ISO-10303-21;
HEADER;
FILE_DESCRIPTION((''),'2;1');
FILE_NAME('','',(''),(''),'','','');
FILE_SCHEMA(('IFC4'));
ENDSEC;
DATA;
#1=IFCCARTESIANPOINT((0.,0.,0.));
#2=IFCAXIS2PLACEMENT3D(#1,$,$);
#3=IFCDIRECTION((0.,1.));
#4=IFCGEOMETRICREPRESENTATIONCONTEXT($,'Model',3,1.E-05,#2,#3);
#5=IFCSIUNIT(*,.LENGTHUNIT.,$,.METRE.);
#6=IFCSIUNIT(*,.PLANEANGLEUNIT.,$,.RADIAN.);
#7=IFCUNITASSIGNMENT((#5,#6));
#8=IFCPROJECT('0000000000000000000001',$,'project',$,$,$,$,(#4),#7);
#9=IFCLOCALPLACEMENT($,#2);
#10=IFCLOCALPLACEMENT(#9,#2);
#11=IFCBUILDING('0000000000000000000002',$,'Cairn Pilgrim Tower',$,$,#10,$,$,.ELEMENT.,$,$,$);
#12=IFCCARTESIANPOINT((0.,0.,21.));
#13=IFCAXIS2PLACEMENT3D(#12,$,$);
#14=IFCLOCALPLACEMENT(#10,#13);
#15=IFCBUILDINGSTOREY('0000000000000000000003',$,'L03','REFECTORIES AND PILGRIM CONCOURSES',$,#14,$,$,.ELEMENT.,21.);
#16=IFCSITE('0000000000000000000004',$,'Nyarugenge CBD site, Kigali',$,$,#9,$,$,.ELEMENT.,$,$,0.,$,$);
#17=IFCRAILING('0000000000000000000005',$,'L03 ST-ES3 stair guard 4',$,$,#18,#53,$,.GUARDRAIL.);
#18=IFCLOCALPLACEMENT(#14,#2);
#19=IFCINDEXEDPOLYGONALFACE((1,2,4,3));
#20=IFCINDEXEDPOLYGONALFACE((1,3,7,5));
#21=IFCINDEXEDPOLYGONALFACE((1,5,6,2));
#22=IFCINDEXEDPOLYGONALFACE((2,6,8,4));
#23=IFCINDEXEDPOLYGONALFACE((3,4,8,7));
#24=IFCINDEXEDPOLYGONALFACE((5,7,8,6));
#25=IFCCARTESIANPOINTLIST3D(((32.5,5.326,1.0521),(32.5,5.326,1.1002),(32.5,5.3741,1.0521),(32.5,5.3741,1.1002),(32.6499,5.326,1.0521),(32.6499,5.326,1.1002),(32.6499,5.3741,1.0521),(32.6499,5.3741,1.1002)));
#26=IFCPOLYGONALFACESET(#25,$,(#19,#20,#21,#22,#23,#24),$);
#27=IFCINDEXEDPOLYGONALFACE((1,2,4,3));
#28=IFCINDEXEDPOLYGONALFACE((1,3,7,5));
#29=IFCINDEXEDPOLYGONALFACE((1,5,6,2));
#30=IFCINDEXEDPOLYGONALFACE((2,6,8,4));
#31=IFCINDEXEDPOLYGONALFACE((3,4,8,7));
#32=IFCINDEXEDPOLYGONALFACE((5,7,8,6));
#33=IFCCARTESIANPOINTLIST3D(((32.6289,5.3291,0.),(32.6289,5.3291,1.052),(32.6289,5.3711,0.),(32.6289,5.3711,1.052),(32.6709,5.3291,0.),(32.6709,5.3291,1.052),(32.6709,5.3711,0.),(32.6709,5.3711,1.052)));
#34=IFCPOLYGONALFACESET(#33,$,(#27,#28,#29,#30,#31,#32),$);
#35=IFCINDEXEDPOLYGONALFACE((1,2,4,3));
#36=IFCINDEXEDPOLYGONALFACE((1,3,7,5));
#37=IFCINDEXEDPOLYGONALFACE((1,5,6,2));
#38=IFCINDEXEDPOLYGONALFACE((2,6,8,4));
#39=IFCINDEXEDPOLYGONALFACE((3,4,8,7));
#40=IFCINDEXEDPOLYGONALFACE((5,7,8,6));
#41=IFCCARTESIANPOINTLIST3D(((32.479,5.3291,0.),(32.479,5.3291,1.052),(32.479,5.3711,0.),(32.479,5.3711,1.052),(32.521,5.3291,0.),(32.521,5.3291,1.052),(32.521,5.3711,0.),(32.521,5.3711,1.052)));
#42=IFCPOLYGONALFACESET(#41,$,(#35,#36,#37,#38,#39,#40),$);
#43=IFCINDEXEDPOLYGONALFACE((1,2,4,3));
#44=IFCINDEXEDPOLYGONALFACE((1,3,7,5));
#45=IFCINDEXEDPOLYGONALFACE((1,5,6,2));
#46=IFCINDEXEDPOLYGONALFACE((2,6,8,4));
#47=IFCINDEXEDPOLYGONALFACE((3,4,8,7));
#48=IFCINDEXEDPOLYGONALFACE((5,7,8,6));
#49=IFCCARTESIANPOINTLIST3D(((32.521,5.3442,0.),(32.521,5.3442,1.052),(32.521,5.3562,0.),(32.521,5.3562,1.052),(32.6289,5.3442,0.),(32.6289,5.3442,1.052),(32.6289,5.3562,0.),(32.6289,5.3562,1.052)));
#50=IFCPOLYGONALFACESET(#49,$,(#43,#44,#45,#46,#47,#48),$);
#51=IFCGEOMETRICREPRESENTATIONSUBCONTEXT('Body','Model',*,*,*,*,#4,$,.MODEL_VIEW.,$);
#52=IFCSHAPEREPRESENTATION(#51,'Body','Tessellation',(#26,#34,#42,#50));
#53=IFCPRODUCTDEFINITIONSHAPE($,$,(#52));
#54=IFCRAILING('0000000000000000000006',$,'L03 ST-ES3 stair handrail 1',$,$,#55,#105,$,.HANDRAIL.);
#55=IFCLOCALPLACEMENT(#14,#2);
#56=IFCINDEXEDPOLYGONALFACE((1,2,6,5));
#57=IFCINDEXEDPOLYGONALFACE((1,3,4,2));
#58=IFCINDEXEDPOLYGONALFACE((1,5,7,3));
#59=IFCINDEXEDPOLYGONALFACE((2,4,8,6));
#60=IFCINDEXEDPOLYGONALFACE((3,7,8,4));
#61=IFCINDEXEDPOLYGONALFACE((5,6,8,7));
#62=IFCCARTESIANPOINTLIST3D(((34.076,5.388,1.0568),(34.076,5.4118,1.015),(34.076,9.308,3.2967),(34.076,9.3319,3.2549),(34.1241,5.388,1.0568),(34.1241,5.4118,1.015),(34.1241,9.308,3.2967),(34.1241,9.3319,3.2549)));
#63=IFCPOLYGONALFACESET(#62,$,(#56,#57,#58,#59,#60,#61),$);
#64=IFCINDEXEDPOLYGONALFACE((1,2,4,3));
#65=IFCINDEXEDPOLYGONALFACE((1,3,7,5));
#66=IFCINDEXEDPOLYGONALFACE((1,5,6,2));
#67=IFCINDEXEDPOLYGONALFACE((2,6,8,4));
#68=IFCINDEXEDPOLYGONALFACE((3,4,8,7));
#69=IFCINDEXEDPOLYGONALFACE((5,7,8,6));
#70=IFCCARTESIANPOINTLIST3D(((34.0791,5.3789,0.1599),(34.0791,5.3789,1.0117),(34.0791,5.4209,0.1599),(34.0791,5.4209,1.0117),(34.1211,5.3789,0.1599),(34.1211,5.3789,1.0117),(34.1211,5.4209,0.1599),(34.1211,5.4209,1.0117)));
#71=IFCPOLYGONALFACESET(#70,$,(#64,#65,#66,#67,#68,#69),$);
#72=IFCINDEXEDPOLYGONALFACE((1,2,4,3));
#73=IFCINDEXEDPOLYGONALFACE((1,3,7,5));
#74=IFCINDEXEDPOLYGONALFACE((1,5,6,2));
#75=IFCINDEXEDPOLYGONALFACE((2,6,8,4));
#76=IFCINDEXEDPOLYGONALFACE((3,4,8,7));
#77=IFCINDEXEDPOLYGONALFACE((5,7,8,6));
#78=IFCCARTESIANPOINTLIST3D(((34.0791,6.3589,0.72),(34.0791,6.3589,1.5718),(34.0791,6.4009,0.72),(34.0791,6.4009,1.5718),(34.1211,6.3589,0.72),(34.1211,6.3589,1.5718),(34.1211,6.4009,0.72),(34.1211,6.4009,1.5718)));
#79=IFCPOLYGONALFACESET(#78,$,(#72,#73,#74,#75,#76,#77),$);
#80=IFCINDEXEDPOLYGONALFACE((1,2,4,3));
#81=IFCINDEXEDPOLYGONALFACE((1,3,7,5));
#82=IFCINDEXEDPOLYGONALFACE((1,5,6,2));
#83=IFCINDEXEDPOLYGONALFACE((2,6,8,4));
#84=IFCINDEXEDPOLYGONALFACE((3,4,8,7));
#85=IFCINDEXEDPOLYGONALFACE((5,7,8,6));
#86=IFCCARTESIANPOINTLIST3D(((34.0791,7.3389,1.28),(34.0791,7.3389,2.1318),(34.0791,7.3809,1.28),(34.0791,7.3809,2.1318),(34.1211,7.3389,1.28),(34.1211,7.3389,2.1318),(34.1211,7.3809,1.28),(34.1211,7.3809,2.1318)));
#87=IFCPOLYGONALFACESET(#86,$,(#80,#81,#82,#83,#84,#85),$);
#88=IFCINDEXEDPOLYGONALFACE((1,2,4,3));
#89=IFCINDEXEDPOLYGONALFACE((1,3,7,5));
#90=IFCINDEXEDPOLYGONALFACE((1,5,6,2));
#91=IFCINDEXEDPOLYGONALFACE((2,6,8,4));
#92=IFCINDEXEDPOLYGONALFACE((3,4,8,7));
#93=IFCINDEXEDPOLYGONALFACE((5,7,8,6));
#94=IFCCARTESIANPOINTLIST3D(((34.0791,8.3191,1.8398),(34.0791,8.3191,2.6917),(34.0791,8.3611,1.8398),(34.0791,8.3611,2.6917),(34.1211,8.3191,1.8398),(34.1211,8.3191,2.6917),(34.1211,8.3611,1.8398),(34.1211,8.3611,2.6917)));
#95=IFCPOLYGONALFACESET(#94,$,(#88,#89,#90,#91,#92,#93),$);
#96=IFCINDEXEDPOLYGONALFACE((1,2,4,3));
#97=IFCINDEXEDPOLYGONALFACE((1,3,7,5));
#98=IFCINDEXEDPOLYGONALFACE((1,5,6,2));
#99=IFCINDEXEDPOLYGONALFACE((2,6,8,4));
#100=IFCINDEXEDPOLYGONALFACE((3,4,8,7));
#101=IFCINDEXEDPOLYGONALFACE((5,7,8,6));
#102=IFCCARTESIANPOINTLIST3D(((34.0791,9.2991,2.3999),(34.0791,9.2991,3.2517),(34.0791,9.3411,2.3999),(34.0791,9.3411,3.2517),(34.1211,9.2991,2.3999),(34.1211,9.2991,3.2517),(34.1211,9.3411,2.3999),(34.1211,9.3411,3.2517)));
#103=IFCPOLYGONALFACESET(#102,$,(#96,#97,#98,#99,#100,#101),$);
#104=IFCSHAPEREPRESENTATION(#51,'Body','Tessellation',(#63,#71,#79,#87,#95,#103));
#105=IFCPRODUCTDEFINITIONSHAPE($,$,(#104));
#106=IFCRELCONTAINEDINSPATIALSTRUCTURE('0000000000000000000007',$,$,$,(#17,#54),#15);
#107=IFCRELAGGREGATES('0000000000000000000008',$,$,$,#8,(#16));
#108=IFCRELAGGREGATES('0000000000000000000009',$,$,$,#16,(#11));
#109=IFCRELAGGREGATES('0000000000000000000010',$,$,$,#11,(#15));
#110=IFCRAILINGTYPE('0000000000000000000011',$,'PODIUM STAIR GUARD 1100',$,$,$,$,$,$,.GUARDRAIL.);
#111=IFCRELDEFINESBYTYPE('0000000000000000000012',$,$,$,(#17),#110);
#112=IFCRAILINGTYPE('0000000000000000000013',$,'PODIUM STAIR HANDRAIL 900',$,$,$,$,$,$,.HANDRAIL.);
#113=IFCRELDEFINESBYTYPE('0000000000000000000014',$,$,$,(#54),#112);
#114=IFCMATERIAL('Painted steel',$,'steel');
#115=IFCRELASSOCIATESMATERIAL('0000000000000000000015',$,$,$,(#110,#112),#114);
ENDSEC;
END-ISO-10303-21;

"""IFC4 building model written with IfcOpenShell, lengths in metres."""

from ifc_helpers import new_model, si_unit, direction, frame, origin, origin_2d, place, context, subcontext, project, spatial, polyline, rectangle, outline, extrude, material, type_object, element, save


model = new_model("IFC4")

# Units and contexts
model_context = context("Model", 3, precision=1e-05, world=origin(), true_north=direction((0.0, 1.0)))
body_context = subcontext(model_context, "Body", "Model", "MODEL_VIEW")
ifc_project = project(units=[si_unit("LENGTHUNIT", "METRE"), si_unit("PLANEANGLEUNIT", "RADIAN")], contexts=[model_context])

# Site, building, storey
site_placement = place(None, origin())
site = spatial("IfcSite", under=ifc_project, at=site_placement, Name="Nyarugenge CBD site, Kigali", CompositionType="ELEMENT", RefElevation=0.0)
building_placement = place(site_placement, origin())
building = spatial("IfcBuilding", under=site, at=building_placement, Name="Cairn Pilgrim Tower", CompositionType="ELEMENT")
storey_placement = place(building_placement, frame((0.0, 0.0, 21.0)))
storey = spatial("IfcBuildingStorey", under=building, at=storey_placement, Name="L03", Description="REFECTORIES AND PILGRIM CONCOURSES", CompositionType="ELEMENT", Elevation=21.0)

# Railings
ifc_material_1 = material(Name="Painted steel", Category="steel")
railing_type_1 = type_object("IfcRailingType", Name="PODIUM STAIR GUARD 1100", PredefinedType="GUARDRAIL", material=ifc_material_1)
railing_1_placement = place(storey_placement, frame((32.6499, 5.3501, 0.0)))
element("IfcRailing", 1, at=railing_1_placement, inside=storey, type_object=railing_type_1, Name="L03 ST-ES3 stair guard 4", PredefinedType="GUARDRAIL", context=body_context, shape_type="SweptSolid", body=[
    extrude(rectangle(XDim=0.0481, YDim=0.0481, at=origin_2d()), frame((0.0, 0.0, 1.0762), z_axis=(-1.0, 0.0, 0.0), x_axis=(0.0, -1.0, 0.0)), (0.0, 0.0, 1.0), 0.1499),
    extrude(rectangle(XDim=0.042, YDim=0.042, at=origin_2d()), origin(), (0.0, 0.0, 1.0), 1.052),
    extrude(rectangle(XDim=0.042, YDim=0.042, at=origin_2d()), frame((-0.1499, 0.0, 0.0)), (0.0, 0.0, 1.0), 1.052),
    extrude(outline(polyline([(0.021, 0.0), (0.1289, 0.0), (0.1289, 1.052), (0.021, 1.052), (0.021, 0.0)])), frame((0.0, -0.0059, 0.0), z_axis=(0.0, 1.0, 0.0), x_axis=(-1.0, 0.0, 0.0)), (0.0, 0.0, 1.0), 0.012),
])
railing_type_2 = type_object("IfcRailingType", Name="PODIUM STAIR HANDRAIL 900", PredefinedType="HANDRAIL", material=ifc_material_1)
railing_2_placement = place(storey_placement, frame((34.1001, 5.3999, 0.1599)))
element("IfcRailing", 2, at=railing_2_placement, inside=storey, type_object=railing_type_2, Name="L03 ST-ES3 stair handrail 1", PredefinedType="HANDRAIL", context=body_context, shape_type="SweptSolid", body=[
    extrude(rectangle(XDim=0.0481, YDim=0.0481, at=origin_2d()), frame((0.0, 0.0, 0.876), z_axis=(0.0, 0.868253, 0.496121), x_axis=(-1.0, 0.0, 0.0)), (0.0, 0.0, 1.0), 4.5149),
    extrude(rectangle(XDim=0.042, YDim=0.042, at=origin_2d()), origin(), (0.0, 0.0, 1.0), 0.8518),
    extrude(rectangle(XDim=0.042, YDim=0.042, at=origin_2d()), frame((0.0, 0.98, 0.5601)), (0.0, 0.0, 1.0), 0.8518),
    extrude(rectangle(XDim=0.042, YDim=0.042, at=origin_2d()), frame((0.0, 1.96, 1.1201)), (0.0, 0.0, 1.0), 0.8518),
    extrude(rectangle(XDim=0.042, YDim=0.042, at=origin_2d()), frame((0.0, 2.9402, 1.6799)), (0.0, 0.0, 1.0), 0.8518),
    extrude(rectangle(XDim=0.042, YDim=0.042, at=origin_2d()), frame((0.0, 3.9202, 2.24)), (0.0, 0.0, 1.0), 0.8518),
])

save(model, "model.ifc")
